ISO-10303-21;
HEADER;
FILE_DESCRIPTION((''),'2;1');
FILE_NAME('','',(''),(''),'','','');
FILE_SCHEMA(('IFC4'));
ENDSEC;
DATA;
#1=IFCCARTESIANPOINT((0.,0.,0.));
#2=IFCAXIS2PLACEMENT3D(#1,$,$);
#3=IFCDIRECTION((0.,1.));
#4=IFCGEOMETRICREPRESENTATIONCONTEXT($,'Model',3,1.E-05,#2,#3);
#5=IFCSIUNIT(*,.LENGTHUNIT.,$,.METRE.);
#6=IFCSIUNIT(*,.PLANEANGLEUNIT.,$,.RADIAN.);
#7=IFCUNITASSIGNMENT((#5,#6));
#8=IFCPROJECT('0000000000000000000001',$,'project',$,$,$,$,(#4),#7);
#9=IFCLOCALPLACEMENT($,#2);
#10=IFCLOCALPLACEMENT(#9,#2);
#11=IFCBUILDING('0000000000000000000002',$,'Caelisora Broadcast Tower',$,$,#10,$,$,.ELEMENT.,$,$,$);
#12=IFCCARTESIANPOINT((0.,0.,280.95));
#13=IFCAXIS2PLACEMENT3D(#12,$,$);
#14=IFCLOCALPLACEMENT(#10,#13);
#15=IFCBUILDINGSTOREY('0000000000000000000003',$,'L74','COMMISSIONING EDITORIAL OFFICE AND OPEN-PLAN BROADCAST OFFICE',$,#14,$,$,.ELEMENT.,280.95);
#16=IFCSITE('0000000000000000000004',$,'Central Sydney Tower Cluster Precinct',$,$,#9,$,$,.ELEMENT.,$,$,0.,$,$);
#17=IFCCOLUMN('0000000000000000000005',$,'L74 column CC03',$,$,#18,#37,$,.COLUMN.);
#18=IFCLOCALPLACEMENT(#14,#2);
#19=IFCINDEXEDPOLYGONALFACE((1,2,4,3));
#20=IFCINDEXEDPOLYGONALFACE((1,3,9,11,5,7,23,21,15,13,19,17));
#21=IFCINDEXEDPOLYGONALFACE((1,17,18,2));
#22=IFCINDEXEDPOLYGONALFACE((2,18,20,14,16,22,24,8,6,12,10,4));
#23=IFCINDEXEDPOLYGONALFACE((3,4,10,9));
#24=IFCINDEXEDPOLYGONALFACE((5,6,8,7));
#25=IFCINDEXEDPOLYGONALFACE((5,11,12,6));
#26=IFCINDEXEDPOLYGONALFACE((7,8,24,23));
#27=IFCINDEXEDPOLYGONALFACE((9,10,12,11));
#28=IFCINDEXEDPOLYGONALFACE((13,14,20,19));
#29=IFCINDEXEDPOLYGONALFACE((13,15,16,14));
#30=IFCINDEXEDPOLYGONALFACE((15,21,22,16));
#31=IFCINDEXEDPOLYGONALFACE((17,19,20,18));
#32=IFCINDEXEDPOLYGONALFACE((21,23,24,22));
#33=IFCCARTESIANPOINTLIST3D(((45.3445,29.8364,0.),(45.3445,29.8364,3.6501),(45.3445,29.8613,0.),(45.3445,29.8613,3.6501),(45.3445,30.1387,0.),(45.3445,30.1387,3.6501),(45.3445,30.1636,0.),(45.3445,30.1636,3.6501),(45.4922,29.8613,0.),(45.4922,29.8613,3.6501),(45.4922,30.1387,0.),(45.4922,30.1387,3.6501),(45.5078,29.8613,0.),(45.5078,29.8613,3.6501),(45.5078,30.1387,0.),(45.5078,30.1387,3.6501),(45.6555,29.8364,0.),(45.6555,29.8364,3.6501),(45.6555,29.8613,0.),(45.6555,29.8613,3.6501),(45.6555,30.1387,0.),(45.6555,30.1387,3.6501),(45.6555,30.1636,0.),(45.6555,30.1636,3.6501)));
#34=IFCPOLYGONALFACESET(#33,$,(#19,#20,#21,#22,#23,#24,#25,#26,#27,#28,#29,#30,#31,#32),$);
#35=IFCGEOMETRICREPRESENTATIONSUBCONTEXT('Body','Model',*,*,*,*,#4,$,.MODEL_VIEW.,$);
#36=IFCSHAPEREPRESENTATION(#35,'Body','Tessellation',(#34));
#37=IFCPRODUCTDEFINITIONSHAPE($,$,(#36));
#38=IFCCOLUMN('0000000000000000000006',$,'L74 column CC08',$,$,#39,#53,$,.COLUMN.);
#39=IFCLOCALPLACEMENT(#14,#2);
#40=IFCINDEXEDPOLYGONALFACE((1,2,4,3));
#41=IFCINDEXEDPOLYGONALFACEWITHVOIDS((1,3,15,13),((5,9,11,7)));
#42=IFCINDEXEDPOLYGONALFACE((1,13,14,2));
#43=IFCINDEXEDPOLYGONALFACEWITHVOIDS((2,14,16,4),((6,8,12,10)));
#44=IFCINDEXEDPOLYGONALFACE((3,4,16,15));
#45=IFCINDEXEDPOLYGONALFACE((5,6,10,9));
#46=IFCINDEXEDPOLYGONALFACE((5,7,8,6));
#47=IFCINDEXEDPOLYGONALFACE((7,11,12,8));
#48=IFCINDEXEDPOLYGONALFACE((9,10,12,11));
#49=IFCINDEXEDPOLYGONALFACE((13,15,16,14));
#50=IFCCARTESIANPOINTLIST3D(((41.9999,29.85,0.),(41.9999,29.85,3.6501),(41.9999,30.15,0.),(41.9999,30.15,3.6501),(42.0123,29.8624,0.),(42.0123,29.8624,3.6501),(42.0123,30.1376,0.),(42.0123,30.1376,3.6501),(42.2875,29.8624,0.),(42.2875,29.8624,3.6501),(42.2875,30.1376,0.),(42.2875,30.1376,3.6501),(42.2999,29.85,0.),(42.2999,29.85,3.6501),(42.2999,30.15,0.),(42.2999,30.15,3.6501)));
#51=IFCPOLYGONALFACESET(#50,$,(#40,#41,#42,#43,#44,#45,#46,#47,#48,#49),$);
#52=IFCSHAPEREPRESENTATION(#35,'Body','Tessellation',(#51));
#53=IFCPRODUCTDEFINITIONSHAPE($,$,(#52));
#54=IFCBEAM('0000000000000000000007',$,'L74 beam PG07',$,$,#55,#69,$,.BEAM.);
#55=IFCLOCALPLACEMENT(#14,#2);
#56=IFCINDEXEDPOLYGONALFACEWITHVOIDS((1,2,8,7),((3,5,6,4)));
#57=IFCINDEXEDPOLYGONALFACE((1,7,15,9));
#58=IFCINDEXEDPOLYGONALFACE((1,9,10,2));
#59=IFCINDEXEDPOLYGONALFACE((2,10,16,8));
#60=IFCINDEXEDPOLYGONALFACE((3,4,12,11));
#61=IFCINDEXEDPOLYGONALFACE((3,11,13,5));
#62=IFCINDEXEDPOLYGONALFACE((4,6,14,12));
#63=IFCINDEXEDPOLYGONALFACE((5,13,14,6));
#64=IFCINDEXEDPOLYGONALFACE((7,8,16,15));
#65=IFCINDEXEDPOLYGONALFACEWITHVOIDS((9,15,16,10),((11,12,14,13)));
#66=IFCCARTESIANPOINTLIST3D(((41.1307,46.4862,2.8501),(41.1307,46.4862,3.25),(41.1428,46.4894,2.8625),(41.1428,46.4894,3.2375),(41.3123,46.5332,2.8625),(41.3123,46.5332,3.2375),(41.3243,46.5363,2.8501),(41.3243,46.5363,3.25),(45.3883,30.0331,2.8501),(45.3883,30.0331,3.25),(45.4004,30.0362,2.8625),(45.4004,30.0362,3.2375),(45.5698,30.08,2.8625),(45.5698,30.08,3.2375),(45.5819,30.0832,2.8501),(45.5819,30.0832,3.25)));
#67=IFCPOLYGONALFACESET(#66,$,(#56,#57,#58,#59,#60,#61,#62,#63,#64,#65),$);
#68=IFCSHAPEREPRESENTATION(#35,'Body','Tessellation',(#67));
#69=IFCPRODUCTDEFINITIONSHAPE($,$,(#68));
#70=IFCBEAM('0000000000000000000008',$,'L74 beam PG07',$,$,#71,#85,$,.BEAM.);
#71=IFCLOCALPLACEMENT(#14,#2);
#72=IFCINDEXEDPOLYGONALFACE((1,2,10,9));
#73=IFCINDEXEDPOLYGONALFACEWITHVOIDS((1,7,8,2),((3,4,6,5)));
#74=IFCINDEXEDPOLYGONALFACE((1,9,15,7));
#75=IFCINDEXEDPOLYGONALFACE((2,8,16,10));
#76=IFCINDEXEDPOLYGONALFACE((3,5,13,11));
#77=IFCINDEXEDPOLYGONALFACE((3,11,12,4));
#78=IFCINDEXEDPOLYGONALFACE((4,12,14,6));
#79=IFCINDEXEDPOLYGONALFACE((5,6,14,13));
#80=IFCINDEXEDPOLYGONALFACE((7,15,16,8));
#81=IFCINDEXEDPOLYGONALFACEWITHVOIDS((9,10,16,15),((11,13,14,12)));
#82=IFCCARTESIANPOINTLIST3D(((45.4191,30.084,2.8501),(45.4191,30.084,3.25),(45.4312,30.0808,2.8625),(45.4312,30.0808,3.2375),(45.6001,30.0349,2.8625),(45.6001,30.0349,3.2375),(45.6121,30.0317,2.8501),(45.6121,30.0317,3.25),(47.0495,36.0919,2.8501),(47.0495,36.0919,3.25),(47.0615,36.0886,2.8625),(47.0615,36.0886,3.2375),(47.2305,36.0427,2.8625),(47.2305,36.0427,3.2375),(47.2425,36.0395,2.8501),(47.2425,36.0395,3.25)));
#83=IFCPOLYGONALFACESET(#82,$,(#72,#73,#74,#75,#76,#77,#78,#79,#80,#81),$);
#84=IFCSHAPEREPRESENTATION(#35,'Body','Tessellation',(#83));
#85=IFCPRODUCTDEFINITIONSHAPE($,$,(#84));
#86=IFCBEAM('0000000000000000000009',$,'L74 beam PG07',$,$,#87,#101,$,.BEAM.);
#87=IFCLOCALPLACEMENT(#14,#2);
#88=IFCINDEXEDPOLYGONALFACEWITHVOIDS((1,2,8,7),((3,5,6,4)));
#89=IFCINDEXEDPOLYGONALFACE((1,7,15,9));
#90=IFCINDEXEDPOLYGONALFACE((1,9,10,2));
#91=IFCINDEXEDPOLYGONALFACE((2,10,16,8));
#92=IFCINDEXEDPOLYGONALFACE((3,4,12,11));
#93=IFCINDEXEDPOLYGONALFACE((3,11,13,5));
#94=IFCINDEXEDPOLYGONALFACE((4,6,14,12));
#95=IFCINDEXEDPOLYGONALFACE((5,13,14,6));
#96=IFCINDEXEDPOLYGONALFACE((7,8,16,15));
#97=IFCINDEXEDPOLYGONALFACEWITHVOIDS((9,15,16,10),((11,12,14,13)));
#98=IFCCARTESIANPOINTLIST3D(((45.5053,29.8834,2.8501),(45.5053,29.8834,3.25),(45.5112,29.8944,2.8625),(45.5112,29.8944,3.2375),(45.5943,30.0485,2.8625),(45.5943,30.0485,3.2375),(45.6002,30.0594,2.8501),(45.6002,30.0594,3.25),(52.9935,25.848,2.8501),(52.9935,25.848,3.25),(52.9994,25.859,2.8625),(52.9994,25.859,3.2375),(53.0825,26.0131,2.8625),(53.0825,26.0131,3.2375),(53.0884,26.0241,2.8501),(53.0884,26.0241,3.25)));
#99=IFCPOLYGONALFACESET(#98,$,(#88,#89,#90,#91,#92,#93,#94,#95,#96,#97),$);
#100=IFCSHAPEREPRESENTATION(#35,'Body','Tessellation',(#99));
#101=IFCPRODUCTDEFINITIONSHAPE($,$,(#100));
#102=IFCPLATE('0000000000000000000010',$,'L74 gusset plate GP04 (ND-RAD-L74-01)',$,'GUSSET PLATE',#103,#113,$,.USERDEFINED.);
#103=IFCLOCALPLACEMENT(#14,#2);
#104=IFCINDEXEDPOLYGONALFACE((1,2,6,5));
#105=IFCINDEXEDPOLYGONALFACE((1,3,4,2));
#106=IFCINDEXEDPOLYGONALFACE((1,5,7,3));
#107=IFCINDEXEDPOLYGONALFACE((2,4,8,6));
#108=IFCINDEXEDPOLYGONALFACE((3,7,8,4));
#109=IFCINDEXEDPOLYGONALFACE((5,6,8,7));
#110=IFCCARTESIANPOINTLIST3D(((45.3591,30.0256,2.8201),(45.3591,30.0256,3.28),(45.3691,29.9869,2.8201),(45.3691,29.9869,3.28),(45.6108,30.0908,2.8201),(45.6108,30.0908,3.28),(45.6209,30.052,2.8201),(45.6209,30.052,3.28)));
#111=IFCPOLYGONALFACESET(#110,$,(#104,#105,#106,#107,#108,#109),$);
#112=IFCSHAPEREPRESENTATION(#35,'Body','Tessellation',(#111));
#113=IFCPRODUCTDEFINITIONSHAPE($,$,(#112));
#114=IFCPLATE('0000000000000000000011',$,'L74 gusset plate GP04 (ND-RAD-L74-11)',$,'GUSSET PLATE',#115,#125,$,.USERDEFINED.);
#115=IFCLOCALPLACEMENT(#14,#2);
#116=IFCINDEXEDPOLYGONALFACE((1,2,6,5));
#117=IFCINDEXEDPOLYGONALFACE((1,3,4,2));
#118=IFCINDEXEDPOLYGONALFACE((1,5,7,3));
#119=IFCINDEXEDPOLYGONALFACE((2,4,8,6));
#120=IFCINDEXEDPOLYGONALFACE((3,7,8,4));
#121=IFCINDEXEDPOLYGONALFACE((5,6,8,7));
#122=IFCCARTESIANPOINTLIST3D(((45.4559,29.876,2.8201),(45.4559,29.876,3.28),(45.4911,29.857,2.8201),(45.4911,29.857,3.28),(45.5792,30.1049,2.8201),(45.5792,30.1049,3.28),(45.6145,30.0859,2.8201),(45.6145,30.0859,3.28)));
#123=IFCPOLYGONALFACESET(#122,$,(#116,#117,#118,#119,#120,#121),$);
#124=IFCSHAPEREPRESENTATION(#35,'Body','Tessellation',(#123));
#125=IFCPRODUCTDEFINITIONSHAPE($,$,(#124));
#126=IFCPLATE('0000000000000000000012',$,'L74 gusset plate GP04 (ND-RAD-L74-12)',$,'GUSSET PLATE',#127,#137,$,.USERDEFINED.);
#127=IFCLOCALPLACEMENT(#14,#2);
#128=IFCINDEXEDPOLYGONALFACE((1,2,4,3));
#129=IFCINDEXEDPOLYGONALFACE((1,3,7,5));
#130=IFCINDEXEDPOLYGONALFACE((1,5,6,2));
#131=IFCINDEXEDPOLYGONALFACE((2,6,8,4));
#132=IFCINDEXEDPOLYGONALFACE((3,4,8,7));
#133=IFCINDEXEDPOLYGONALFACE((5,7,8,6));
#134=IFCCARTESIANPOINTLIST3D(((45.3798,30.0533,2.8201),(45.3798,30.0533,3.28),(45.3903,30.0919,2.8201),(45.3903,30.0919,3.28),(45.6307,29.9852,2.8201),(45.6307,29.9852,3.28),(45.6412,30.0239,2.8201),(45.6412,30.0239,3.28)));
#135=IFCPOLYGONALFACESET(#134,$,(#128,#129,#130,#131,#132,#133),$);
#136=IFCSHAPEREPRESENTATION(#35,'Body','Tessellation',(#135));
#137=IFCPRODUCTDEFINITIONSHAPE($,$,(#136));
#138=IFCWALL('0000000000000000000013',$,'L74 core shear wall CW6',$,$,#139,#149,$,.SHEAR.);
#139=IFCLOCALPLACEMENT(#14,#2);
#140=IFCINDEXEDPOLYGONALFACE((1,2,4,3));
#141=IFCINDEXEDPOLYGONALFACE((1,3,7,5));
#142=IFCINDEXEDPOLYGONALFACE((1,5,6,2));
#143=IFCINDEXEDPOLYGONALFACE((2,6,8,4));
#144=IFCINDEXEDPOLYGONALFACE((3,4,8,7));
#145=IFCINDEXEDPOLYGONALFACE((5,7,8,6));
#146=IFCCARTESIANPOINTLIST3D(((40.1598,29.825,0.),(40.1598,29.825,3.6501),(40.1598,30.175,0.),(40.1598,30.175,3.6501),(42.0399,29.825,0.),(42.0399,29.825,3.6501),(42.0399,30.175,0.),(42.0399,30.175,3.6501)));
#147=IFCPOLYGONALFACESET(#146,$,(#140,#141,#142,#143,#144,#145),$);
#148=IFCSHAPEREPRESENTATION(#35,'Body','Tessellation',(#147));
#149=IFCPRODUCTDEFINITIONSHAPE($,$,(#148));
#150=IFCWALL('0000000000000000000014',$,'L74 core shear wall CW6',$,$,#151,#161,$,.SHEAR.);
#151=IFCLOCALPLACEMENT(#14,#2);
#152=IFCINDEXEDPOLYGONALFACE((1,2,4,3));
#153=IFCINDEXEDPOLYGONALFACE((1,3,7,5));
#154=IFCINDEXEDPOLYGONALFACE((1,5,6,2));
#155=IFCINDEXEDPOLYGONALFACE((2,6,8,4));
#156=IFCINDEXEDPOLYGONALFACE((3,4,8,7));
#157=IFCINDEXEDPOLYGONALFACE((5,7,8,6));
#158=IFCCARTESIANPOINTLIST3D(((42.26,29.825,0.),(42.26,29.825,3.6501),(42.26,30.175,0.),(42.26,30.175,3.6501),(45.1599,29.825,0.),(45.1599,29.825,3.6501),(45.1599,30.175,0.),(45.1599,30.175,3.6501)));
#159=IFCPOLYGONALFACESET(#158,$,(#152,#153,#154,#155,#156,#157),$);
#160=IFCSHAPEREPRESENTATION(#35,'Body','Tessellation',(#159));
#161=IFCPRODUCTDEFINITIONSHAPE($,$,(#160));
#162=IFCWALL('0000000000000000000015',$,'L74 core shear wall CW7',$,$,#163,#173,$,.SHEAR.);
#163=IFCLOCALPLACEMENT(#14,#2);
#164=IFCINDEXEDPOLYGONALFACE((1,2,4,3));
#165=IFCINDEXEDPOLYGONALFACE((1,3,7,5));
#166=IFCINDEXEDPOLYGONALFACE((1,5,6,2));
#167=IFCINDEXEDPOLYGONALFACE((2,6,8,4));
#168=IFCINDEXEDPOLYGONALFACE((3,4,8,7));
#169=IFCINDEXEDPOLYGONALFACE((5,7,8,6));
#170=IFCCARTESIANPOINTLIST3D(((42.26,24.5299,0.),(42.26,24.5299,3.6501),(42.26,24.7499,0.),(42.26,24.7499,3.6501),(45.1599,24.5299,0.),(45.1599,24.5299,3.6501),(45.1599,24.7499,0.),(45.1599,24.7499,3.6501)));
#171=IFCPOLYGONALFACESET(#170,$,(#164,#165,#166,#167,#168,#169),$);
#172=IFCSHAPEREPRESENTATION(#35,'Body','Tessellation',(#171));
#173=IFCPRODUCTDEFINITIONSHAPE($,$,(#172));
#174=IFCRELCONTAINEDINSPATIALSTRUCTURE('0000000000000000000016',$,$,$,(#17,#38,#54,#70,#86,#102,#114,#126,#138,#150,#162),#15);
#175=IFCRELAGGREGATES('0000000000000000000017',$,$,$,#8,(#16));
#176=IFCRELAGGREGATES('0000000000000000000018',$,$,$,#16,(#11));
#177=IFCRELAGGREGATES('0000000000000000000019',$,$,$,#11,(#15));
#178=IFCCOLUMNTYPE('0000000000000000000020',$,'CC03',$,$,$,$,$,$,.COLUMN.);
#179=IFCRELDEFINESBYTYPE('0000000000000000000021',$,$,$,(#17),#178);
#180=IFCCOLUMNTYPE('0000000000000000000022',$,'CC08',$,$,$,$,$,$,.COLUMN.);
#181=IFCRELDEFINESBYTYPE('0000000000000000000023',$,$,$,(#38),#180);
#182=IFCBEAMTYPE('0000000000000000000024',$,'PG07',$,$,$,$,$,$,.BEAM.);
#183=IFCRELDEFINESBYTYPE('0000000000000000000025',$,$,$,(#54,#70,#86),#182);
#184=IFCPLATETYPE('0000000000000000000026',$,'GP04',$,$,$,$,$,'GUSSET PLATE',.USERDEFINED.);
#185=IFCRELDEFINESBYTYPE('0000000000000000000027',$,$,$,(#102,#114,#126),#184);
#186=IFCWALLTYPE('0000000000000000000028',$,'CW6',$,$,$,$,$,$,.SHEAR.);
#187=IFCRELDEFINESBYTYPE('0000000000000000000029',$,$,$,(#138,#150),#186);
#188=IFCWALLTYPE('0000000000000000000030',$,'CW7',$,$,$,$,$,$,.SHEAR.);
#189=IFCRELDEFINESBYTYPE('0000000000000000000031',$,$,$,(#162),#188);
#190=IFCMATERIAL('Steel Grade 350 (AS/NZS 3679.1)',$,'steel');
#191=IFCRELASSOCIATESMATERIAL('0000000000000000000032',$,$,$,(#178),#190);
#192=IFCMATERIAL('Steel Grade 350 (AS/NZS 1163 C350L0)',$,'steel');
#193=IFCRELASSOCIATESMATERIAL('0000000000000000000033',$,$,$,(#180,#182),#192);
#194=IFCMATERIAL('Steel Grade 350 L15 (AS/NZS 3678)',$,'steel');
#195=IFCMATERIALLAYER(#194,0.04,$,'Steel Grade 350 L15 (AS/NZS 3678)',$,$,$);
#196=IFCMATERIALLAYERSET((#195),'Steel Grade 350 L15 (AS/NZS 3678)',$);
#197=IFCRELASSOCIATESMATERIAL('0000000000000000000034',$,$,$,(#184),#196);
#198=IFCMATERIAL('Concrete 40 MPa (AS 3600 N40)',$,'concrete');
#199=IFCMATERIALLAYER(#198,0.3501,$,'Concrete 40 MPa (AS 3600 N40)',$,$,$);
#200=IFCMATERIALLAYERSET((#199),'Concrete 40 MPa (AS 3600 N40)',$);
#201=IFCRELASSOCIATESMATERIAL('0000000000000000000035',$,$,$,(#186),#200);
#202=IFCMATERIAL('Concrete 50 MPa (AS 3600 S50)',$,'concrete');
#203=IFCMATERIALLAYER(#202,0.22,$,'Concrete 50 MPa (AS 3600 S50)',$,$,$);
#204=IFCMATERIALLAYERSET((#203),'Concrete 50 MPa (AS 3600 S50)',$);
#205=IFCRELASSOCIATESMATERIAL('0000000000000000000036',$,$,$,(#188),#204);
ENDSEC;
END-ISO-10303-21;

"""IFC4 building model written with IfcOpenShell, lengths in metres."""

from ifc_helpers import new_model, si_unit, direction, frame, frame_2d, origin, origin_2d, place, context, subcontext, project, spatial, rectangle, hollow_rectangle, i_section, extrude, source, transform, mapped, material, layer, layer_set, material_profile, profile_set, type_object, type_shapes, element, save


model = new_model("IFC4")

# Units and contexts
model_context = context("Model", 3, precision=1e-05, world=origin(), true_north=direction((0.0, 1.0)))
body_context = subcontext(model_context, "Body", "Model", "MODEL_VIEW")
ifc_project = project(units=[si_unit("LENGTHUNIT", "METRE"), si_unit("PLANEANGLEUNIT", "RADIAN")], contexts=[model_context])

# Site, building, storey
site_placement = place(None, origin())
site = spatial("IfcSite", under=ifc_project, at=site_placement, Name="Central Sydney Tower Cluster Precinct", CompositionType="ELEMENT", RefElevation=0.0)
building_placement = place(site_placement, origin())
building = spatial("IfcBuilding", under=site, at=building_placement, Name="Caelisora Broadcast Tower", CompositionType="ELEMENT")
storey_placement = place(building_placement, frame((0.0, 0.0, 280.95)))
storey = spatial("IfcBuildingStorey", under=building, at=storey_placement, Name="L74", Description="COMMISSIONING EDITORIAL OFFICE AND OPEN-PLAN BROADCAST OFFICE", CompositionType="ELEMENT", Elevation=280.95)

# Columns
ifc_material_1 = material(Name="Steel Grade 350 (AS/NZS 3679.1)", Category="steel")
ifc_material_profile_1 = material_profile(ifc_material_1, i_section(OverallWidth=0.311, OverallDepth=0.3271, WebThickness=0.0156, FlangeThickness=0.0249, at=origin_2d()), Name="Steel Grade 350 (AS/NZS 3679.1)")
ifc_profile_set_1 = profile_set([ifc_material_profile_1], Name="Steel Grade 350 (AS/NZS 3679.1)")
column_type_1 = type_object("IfcColumnType", Name="CC03", PredefinedType="COLUMN", material=ifc_profile_set_1)
shared_shape_1 = source(origin(), body_context, "Body", "SweptSolid", [
    extrude(i_section(OverallWidth=0.311, OverallDepth=0.3271, WebThickness=0.0156, FlangeThickness=0.0249, at=origin_2d()), origin(), (0.0, 0.0, 1.0), 3.6501),
])
type_shapes(column_type_1, [shared_shape_1])
column_1_placement = place(storey_placement, frame((45.5, 30.0, 0.0), z_axis=(0.0, 0.0, 1.0), x_axis=(1.0, 0.0, 0.0)))
element("IfcColumn", 1, at=column_1_placement, inside=storey, type_object=column_type_1, Name="L74 column CC03", PredefinedType="COLUMN", context=body_context, shape_type="MappedRepresentation", body=[
    mapped(shared_shape_1, transform((0.0, 0.0, 0.0), scale=1.0)),
])
ifc_material_2 = material(Name="Steel Grade 350 (AS/NZS 1163 C350L0)", Category="steel")
ifc_material_profile_2 = material_profile(ifc_material_2, hollow_rectangle(XDim=0.3, YDim=0.3, WallThickness=0.0125, at=origin_2d()), Name="Steel Grade 350 (AS/NZS 1163 C350L0)")
ifc_profile_set_2 = profile_set([ifc_material_profile_2], Name="Steel Grade 350 (AS/NZS 1163 C350L0)")
column_type_2 = type_object("IfcColumnType", Name="CC08", PredefinedType="COLUMN", material=ifc_profile_set_2)
shared_shape_2 = source(origin(), body_context, "Body", "SweptSolid", [
    extrude(hollow_rectangle(XDim=0.3, YDim=0.3, WallThickness=0.0125, at=origin_2d()), origin(), (0.0, 0.0, 1.0), 3.6501),
])
type_shapes(column_type_2, [shared_shape_2])
column_2_placement = place(storey_placement, frame((42.1499, 30.0, 0.0), z_axis=(0.0, 0.0, 1.0), x_axis=(1.0, 0.0, 0.0)))
element("IfcColumn", 2, at=column_2_placement, inside=storey, type_object=column_type_2, Name="L74 column CC08", PredefinedType="COLUMN", context=body_context, shape_type="MappedRepresentation", body=[
    mapped(shared_shape_2, transform((0.0, 0.0, 0.0), scale=1.0)),
])

# Beams
ifc_material_profile_3 = material_profile(ifc_material_2, hollow_rectangle(XDim=0.2, YDim=0.3999, WallThickness=0.0125, at=origin_2d()), Name="Steel Grade 350 (AS/NZS 1163 C350L0)")
ifc_profile_set_3 = profile_set([ifc_material_profile_3], Name="Steel Grade 350 (AS/NZS 1163 C350L0)")
beam_type = type_object("IfcBeamType", Name="PG07", PredefinedType="BEAM", material=ifc_profile_set_3)
shared_shape_3 = source(origin(), body_context, "Body", "SweptSolid", [
    extrude(hollow_rectangle(XDim=0.2, YDim=0.3999, WallThickness=0.0125, at=origin_2d()), origin(), (0.0, 0.0, 1.0), 16.9951),
])
beam_1_placement = place(storey_placement, frame((45.4851, 30.0581, 3.05), z_axis=(-0.250518, 0.968112, 0.0), x_axis=(-0.968112, -0.250518, 0.0)))
element("IfcBeam", 3, at=beam_1_placement, inside=storey, type_object=beam_type, Name="L74 beam PG07", PredefinedType="BEAM", context=body_context, shape_type="MappedRepresentation", body=[
    mapped(shared_shape_3, transform((0.0, 0.0, 0.0), scale=1.0)),
])
shared_shape_4 = source(origin(), body_context, "Body", "SweptSolid", [
    extrude(hollow_rectangle(XDim=0.2, YDim=0.3999, WallThickness=0.0125, at=origin_2d()), origin(), (0.0, 0.0, 1.0), 6.2251),
])
beam_2_placement = place(storey_placement, frame((45.5156, 30.0579, 3.05), z_axis=(0.261903, 0.965094, 0.0), x_axis=(-0.965094, 0.261903, 0.0)))
element("IfcBeam", 4, at=beam_2_placement, inside=storey, type_object=beam_type, Name="L74 beam PG07", PredefinedType="BEAM", context=body_context, shape_type="MappedRepresentation", body=[
    mapped(shared_shape_4, transform((0.0, 0.0, 0.0), scale=1.0)),
])
shared_shape_5 = source(origin(), body_context, "Body", "SweptSolid", [
    extrude(hollow_rectangle(XDim=0.2, YDim=0.3999, WallThickness=0.0125, at=origin_2d()), origin(), (0.0, 0.0, 1.0), 8.5063),
])
type_shapes(beam_type, [shared_shape_3, shared_shape_4, shared_shape_5])
beam_3_placement = place(storey_placement, frame((45.5527, 29.9714, 3.05), z_axis=(0.880312, -0.474396, 0.0), x_axis=(0.474396, 0.880312, 0.0)))
element("IfcBeam", 5, at=beam_3_placement, inside=storey, type_object=beam_type, Name="L74 beam PG07", PredefinedType="BEAM", context=body_context, shape_type="MappedRepresentation", body=[
    mapped(shared_shape_5, transform((0.0, 0.0, 0.0), scale=1.0)),
])

# Plates
ifc_material_3 = material(Name="Steel Grade 350 L15 (AS/NZS 3678)", Category="steel")
ifc_layer_1 = layer(ifc_material_3, 0.04, Name="Steel Grade 350 L15 (AS/NZS 3678)")
ifc_layer_set_1 = layer_set([ifc_layer_1], Name="Steel Grade 350 L15 (AS/NZS 3678)")
plate_type = type_object("IfcPlateType", Name="GP04", ElementType="GUSSET PLATE", PredefinedType="USERDEFINED", material=ifc_layer_set_1)
shared_shape_6 = source(origin(), body_context, "Body", "SweptSolid", [
    extrude(rectangle(XDim=0.26, YDim=0.04, at=origin_2d()), origin(), (0.0, 0.0, 1.0), 0.46),
])
type_shapes(plate_type, [shared_shape_6])
for number, where, z_axis, x_axis, name in (
    (6, (45.49, 30.0388, 2.8201), (0.0, 0.0, 1.0), (-0.968104, -0.250549, 0.0), "L74 gusset plate GP04 (ND-RAD-L74-01)"),
    (7, (45.5352, 29.981, 2.8201), (0.0, 0.0, 1.0), (0.474396, 0.880312, 0.0), "L74 gusset plate GP04 (ND-RAD-L74-11)"),
    (8, (45.5105, 30.0386, 2.8201), (0.0, 0.0, 1.0), (-0.965108, 0.261852, 0.0), "L74 gusset plate GP04 (ND-RAD-L74-12)"),
):
    element("IfcPlate", number, at=place(storey_placement, frame(where, z_axis=z_axis, x_axis=x_axis)), inside=storey, type_object=plate_type, Name=name, ObjectType="GUSSET PLATE", PredefinedType="USERDEFINED", context=body_context, shape_type="MappedRepresentation", body=[
        mapped(shared_shape_6, transform((0.0, 0.0, 0.0), scale=1.0)),
    ])

# Walls
ifc_material_4 = material(Name="Concrete 40 MPa (AS 3600 N40)", Category="concrete")
ifc_layer_2 = layer(ifc_material_4, 0.3501, Name="Concrete 40 MPa (AS 3600 N40)")
ifc_layer_set_2 = layer_set([ifc_layer_2], Name="Concrete 40 MPa (AS 3600 N40)")
wall_type_1 = type_object("IfcWallType", Name="CW6", PredefinedType="SHEAR", material=ifc_layer_set_2)
wall_1_placement = place(storey_placement, frame((40.1599, 30.0, 0.0), z_axis=(0.0, 0.0, 1.0), x_axis=(1.0, 0.0, 0.0)))
element("IfcWall", 9, at=wall_1_placement, inside=storey, type_object=wall_type_1, Name="L74 core shear wall CW6", PredefinedType="SHEAR", context=body_context, shape_type="SweptSolid", body=[
    extrude(rectangle(XDim=1.8801, YDim=0.3501, at=frame_2d((0.9399, 0.0))), origin(), (0.0, 0.0, 1.0), 3.6501),
])
wall_2_placement = place(storey_placement, frame((42.26, 30.0, 0.0), z_axis=(0.0, 0.0, 1.0), x_axis=(1.0, 0.0, 0.0)))
element("IfcWall", 10, at=wall_2_placement, inside=storey, type_object=wall_type_1, Name="L74 core shear wall CW6", PredefinedType="SHEAR", context=body_context, shape_type="SweptSolid", body=[
    extrude(rectangle(XDim=2.8999, YDim=0.3501, at=frame_2d((1.45, 0.0))), origin(), (0.0, 0.0, 1.0), 3.6501),
])
ifc_material_5 = material(Name="Concrete 50 MPa (AS 3600 S50)", Category="concrete")
ifc_layer_3 = layer(ifc_material_5, 0.22, Name="Concrete 50 MPa (AS 3600 S50)")
ifc_layer_set_3 = layer_set([ifc_layer_3], Name="Concrete 50 MPa (AS 3600 S50)")
wall_type_2 = type_object("IfcWallType", Name="CW7", PredefinedType="SHEAR", material=ifc_layer_set_3)
wall_3_placement = place(storey_placement, frame((42.26, 24.6399, 0.0), z_axis=(0.0, 0.0, 1.0), x_axis=(1.0, 0.0, 0.0)))
element("IfcWall", 11, at=wall_3_placement, inside=storey, type_object=wall_type_2, Name="L74 core shear wall CW7", PredefinedType="SHEAR", context=body_context, shape_type="SweptSolid", body=[
    extrude(rectangle(XDim=2.8999, YDim=0.22, at=frame_2d((1.45, 0.0))), origin(), (0.0, 0.0, 1.0), 3.6501),
])

save(model, "model.ifc")
